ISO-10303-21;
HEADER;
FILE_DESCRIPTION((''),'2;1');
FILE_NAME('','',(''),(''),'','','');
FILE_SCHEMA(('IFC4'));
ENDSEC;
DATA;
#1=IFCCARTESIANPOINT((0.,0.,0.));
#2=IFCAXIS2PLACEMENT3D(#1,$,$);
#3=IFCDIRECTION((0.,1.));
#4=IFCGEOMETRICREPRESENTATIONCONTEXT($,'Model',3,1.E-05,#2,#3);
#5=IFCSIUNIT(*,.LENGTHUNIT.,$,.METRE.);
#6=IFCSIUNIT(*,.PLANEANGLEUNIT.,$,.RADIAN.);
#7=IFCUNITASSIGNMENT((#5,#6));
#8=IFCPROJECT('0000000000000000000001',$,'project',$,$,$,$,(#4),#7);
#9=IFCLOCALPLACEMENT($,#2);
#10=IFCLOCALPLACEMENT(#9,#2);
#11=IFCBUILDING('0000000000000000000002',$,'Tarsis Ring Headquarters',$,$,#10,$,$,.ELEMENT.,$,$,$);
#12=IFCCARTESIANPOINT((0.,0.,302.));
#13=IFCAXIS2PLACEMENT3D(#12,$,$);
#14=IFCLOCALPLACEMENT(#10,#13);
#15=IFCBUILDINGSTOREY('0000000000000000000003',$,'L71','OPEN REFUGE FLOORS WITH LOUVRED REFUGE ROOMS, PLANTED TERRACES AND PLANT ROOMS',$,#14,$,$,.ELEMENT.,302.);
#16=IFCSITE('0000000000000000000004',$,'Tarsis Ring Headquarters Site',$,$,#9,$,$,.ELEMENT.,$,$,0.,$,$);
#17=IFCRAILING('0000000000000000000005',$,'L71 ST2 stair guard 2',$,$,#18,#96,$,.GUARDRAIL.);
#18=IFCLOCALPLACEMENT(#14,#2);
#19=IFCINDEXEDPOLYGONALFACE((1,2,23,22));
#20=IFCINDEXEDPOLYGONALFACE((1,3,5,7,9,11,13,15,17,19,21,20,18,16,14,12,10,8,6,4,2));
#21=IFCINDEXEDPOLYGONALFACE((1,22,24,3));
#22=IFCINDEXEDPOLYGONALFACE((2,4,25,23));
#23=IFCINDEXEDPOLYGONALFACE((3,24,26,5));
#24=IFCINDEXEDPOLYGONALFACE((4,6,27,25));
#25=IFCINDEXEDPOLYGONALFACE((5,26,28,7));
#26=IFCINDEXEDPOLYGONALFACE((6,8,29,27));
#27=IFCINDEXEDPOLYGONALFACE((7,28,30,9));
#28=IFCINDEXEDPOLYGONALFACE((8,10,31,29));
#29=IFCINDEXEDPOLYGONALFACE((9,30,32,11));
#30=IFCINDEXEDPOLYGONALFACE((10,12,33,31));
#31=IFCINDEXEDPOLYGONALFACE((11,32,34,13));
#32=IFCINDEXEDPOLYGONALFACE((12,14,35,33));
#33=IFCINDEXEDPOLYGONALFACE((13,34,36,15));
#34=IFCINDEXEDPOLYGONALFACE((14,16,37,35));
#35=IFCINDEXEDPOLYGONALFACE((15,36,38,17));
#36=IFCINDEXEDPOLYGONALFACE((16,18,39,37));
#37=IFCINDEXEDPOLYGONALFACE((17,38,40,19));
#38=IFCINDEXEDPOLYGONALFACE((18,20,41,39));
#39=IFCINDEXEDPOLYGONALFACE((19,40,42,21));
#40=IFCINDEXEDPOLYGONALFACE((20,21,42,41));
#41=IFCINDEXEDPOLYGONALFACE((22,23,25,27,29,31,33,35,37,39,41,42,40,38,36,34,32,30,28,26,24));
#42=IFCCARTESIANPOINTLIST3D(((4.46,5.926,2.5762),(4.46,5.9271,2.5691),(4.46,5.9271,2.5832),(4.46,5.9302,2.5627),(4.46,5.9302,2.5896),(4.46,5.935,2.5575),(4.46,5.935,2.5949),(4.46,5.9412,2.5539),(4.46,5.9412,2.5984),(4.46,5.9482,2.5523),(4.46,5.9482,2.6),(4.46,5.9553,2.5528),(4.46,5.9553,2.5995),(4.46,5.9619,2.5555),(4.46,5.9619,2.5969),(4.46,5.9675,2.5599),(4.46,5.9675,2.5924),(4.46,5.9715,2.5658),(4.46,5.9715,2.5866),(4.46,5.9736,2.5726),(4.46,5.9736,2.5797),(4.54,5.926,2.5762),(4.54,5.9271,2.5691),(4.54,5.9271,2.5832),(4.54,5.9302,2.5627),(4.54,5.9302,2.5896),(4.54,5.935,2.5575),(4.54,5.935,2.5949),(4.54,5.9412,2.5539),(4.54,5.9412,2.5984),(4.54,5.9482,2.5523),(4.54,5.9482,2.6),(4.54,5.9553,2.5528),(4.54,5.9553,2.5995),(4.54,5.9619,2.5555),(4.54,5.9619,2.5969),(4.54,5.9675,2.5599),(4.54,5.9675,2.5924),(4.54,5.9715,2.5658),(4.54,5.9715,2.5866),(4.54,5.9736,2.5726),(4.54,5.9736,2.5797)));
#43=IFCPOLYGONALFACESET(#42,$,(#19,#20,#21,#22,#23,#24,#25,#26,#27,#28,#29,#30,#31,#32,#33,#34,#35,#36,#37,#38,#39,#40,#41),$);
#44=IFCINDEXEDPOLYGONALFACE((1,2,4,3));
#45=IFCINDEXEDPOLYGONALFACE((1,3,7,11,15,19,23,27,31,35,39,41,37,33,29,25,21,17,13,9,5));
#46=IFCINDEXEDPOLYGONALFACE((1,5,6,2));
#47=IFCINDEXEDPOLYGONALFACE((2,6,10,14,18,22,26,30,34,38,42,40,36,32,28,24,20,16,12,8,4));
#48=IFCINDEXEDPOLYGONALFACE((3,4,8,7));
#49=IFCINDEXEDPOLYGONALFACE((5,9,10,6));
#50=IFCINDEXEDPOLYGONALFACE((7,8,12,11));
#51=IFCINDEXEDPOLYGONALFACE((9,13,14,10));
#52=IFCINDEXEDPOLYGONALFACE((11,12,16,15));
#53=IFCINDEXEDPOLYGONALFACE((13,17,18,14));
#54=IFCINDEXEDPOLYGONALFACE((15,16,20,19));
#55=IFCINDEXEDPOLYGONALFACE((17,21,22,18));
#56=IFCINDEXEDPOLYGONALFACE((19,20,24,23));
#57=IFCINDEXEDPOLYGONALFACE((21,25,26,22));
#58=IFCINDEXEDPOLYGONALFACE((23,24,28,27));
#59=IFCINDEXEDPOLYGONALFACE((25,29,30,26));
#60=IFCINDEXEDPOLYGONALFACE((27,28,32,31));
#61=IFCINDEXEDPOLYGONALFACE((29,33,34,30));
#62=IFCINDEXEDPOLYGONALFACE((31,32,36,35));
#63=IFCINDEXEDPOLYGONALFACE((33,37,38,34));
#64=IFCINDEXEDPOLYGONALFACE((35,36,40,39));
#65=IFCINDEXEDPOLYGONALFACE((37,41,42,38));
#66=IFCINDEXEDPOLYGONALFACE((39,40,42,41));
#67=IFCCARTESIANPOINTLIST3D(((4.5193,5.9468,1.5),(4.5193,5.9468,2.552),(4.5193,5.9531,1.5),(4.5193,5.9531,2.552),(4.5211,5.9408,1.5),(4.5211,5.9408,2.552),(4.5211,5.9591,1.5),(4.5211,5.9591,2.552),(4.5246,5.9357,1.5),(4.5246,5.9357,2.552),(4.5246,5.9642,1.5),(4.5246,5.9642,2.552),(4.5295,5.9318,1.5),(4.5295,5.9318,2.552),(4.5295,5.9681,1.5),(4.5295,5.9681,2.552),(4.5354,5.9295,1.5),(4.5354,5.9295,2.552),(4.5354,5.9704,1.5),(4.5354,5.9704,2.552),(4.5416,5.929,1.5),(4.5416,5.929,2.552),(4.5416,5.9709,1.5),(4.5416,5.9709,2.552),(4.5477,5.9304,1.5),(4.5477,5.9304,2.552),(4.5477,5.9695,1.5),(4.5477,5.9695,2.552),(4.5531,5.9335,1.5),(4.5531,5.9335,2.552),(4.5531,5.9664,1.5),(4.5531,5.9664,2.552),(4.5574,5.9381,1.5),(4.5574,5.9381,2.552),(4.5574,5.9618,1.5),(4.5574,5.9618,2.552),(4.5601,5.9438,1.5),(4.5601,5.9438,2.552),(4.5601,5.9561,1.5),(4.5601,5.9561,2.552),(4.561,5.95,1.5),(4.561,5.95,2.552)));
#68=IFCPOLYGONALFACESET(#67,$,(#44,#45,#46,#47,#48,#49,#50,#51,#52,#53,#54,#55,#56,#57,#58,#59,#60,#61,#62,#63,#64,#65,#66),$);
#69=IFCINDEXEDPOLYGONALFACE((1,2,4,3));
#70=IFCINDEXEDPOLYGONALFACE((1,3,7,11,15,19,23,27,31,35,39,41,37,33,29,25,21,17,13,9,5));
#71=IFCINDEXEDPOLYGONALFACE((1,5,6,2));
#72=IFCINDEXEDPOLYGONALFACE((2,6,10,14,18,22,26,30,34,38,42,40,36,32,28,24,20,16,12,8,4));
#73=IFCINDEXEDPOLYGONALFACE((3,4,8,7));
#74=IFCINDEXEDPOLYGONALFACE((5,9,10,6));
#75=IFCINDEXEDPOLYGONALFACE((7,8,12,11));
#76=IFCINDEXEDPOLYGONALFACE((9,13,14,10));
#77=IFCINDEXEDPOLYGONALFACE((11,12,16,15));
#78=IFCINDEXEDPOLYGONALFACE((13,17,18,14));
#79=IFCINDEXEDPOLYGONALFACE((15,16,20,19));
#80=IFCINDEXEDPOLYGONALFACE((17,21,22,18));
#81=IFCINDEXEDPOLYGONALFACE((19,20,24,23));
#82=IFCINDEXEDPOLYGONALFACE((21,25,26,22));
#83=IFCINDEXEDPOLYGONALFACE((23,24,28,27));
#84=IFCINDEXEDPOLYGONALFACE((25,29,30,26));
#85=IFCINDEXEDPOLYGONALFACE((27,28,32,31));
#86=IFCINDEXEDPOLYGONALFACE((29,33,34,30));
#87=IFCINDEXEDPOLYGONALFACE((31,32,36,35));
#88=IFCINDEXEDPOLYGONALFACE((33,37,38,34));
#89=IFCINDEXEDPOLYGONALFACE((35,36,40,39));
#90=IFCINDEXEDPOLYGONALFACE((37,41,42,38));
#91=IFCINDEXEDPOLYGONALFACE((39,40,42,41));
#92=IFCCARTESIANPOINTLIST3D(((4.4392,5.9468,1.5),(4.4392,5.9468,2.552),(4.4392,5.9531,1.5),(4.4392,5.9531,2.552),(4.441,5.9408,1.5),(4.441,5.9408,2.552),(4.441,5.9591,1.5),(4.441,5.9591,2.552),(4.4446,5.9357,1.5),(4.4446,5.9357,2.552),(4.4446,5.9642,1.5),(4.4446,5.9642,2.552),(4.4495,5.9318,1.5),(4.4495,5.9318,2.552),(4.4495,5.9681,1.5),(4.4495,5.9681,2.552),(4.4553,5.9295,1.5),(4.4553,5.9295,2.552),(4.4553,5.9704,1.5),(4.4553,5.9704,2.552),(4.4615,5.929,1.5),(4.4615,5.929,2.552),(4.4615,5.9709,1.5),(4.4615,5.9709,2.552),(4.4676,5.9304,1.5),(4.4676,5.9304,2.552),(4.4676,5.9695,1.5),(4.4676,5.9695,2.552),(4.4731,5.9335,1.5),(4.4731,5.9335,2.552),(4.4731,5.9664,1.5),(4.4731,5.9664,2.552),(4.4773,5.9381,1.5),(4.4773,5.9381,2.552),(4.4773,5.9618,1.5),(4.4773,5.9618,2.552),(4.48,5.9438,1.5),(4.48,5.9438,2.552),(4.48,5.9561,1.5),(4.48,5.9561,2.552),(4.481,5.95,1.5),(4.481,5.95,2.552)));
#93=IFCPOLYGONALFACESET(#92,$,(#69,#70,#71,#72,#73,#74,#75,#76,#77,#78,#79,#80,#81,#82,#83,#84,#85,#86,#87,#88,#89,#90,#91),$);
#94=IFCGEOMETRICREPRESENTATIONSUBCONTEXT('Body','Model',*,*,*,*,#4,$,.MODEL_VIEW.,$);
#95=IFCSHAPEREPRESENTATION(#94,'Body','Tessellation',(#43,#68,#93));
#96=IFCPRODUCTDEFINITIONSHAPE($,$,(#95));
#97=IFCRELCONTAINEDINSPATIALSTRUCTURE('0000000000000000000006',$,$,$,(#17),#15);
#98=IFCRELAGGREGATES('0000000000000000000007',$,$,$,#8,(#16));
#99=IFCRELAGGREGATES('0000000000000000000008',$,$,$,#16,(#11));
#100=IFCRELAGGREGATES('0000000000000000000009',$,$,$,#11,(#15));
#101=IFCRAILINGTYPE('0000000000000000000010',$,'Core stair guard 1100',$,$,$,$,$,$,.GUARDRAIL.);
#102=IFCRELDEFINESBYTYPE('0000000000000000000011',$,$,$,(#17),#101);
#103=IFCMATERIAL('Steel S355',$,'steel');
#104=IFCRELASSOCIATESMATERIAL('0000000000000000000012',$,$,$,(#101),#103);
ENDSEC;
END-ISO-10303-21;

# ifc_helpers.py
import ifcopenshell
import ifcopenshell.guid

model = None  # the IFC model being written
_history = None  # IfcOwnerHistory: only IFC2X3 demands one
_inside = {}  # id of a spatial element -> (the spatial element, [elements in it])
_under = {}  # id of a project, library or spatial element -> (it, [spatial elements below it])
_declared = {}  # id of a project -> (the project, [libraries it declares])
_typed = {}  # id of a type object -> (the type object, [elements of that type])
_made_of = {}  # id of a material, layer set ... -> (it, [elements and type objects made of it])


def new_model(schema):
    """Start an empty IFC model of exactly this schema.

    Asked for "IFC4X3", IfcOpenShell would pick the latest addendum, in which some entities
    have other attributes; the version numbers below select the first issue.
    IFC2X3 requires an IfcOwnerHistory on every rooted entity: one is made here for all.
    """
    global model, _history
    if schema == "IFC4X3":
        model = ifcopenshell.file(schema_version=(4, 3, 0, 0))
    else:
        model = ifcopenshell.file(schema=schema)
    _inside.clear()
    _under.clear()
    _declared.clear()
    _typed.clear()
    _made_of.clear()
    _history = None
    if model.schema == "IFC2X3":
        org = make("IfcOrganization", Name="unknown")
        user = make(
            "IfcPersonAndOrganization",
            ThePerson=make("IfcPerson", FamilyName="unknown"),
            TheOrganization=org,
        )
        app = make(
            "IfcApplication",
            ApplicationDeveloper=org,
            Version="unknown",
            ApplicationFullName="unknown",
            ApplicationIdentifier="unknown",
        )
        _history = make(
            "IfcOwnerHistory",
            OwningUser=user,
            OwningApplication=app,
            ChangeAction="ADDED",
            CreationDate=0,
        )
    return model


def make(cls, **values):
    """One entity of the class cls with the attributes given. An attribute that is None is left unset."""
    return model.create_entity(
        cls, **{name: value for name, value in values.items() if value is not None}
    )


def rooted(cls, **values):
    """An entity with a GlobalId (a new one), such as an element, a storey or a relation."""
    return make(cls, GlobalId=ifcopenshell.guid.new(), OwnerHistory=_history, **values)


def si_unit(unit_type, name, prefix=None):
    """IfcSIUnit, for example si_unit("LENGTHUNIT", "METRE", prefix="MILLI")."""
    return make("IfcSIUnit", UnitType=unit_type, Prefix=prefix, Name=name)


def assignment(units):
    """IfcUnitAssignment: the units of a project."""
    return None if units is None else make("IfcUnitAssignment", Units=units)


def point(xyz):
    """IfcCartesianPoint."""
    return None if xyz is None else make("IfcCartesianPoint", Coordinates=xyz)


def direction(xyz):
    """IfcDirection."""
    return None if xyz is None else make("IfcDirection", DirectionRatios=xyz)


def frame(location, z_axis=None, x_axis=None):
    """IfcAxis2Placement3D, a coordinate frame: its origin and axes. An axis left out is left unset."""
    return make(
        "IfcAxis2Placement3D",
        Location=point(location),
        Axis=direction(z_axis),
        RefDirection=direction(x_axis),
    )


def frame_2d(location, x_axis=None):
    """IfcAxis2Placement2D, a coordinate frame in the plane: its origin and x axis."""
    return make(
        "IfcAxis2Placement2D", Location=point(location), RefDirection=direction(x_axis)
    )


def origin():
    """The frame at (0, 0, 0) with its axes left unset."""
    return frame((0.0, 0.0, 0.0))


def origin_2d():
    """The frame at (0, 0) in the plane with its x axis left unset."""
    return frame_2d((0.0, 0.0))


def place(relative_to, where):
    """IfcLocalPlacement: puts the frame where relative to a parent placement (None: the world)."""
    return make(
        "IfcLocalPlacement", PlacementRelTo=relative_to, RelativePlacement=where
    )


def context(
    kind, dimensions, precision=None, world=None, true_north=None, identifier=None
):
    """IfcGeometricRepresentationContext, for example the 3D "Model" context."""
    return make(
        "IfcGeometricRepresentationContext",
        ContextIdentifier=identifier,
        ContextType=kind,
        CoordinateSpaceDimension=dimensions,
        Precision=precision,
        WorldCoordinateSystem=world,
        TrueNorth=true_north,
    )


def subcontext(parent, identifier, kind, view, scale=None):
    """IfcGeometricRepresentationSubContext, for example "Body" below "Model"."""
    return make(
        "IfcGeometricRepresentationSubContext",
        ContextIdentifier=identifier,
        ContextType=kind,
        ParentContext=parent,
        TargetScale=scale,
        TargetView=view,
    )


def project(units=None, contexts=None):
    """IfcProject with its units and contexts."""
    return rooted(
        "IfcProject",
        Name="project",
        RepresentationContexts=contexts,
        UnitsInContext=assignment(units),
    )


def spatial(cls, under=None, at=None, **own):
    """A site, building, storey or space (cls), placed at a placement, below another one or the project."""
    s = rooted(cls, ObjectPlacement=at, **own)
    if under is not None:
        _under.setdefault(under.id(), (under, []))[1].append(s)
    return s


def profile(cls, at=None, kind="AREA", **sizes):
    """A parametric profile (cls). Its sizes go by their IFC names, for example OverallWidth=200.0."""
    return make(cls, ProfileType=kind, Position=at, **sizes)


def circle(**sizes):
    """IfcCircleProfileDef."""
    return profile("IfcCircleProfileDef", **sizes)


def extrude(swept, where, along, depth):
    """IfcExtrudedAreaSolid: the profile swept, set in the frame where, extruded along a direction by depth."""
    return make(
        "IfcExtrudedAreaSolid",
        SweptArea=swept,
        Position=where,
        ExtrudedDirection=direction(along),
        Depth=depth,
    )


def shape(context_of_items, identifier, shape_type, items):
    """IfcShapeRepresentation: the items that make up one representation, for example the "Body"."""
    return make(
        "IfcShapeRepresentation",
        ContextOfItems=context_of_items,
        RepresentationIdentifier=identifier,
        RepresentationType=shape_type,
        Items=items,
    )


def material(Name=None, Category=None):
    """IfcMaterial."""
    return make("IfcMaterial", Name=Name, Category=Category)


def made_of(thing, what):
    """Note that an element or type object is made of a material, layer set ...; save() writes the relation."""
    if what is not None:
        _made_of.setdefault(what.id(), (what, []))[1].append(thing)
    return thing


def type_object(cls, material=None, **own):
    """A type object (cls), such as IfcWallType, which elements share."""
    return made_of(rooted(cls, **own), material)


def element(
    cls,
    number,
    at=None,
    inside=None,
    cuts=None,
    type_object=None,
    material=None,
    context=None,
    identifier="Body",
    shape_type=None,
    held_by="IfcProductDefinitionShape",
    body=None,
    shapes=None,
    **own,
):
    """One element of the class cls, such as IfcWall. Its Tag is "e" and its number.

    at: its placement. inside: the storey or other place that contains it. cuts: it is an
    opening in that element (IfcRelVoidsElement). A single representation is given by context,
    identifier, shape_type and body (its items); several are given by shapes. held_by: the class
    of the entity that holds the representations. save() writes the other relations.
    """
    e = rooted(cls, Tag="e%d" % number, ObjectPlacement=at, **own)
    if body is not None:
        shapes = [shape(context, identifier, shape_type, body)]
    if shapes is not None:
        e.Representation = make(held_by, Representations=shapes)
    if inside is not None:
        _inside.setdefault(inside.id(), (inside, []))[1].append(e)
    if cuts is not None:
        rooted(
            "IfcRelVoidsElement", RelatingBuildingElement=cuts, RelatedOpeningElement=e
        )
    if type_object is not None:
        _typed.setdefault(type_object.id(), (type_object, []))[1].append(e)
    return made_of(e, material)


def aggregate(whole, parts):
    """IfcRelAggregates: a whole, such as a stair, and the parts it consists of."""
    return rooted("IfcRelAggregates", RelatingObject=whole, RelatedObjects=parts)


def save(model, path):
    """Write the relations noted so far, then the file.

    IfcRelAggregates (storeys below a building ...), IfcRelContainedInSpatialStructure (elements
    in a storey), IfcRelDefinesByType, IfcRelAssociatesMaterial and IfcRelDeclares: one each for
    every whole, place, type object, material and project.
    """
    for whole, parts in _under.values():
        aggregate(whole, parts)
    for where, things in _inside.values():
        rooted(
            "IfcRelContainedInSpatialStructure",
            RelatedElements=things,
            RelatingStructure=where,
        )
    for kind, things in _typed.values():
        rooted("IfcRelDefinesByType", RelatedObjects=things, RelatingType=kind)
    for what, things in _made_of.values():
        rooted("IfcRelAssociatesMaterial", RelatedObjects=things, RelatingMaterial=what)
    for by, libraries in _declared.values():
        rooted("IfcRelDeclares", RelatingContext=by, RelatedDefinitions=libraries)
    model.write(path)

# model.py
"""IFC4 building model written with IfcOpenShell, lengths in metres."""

from ifc_helpers import new_model, si_unit, direction, frame, origin, origin_2d, place, context, subcontext, project, spatial, circle, extrude, material, type_object, element, save


model = new_model("IFC4")

# Units and contexts
model_context = context("Model", 3, precision=1e-05, world=origin(), true_north=direction((0.0, 1.0)))
body_context = subcontext(model_context, "Body", "Model", "MODEL_VIEW")
ifc_project = project(units=[si_unit("LENGTHUNIT", "METRE"), si_unit("PLANEANGLEUNIT", "RADIAN")], contexts=[model_context])

# Site, building, storey
site_placement = place(None, origin())
site = spatial("IfcSite", under=ifc_project, at=site_placement, Name="Tarsis Ring Headquarters Site", CompositionType="ELEMENT", RefElevation=0.0)
building_placement = place(site_placement, origin())
building = spatial("IfcBuilding", under=site, at=building_placement, Name="Tarsis Ring Headquarters", CompositionType="ELEMENT")
storey_placement = place(building_placement, frame((0.0, 0.0, 302.0)))
storey = spatial("IfcBuildingStorey", under=building, at=storey_placement, Name="L71", Description="OPEN REFUGE FLOORS WITH LOUVRED REFUGE ROOMS, PLANTED TERRACES AND PLANT ROOMS", CompositionType="ELEMENT", Elevation=302.0)

# Railing
ifc_material_1 = material(Name="Steel S355", Category="steel")
railing_type_1 = type_object("IfcRailingType", Name="Core stair guard 1100", PredefinedType="GUARDRAIL", material=ifc_material_1)
railing_1_placement = place(storey_placement, frame((4.54, 5.95, 1.5)))
element("IfcRailing", 1, at=railing_1_placement, inside=storey, type_object=railing_type_1, Name="L71 ST2 stair guard 2", PredefinedType="GUARDRAIL", context=body_context, shape_type="SweptSolid", body=[
    extrude(circle(Radius=0.0239, at=origin_2d()), frame((0.0, 0.0, 1.0762), z_axis=(-1.0, 0.0, 0.0), x_axis=(0.0, -1.0, 0.0)), (0.0, 0.0, 1.0), 0.0801),
    extrude(circle(Radius=0.021, at=origin_2d()), origin(), (0.0, 0.0, 1.0), 1.052),
    extrude(circle(Radius=0.021, at=origin_2d()), frame((-0.0801, 0.0, 0.0)), (0.0, 0.0, 1.0), 1.052),
])

save(model, "model.ifc")
